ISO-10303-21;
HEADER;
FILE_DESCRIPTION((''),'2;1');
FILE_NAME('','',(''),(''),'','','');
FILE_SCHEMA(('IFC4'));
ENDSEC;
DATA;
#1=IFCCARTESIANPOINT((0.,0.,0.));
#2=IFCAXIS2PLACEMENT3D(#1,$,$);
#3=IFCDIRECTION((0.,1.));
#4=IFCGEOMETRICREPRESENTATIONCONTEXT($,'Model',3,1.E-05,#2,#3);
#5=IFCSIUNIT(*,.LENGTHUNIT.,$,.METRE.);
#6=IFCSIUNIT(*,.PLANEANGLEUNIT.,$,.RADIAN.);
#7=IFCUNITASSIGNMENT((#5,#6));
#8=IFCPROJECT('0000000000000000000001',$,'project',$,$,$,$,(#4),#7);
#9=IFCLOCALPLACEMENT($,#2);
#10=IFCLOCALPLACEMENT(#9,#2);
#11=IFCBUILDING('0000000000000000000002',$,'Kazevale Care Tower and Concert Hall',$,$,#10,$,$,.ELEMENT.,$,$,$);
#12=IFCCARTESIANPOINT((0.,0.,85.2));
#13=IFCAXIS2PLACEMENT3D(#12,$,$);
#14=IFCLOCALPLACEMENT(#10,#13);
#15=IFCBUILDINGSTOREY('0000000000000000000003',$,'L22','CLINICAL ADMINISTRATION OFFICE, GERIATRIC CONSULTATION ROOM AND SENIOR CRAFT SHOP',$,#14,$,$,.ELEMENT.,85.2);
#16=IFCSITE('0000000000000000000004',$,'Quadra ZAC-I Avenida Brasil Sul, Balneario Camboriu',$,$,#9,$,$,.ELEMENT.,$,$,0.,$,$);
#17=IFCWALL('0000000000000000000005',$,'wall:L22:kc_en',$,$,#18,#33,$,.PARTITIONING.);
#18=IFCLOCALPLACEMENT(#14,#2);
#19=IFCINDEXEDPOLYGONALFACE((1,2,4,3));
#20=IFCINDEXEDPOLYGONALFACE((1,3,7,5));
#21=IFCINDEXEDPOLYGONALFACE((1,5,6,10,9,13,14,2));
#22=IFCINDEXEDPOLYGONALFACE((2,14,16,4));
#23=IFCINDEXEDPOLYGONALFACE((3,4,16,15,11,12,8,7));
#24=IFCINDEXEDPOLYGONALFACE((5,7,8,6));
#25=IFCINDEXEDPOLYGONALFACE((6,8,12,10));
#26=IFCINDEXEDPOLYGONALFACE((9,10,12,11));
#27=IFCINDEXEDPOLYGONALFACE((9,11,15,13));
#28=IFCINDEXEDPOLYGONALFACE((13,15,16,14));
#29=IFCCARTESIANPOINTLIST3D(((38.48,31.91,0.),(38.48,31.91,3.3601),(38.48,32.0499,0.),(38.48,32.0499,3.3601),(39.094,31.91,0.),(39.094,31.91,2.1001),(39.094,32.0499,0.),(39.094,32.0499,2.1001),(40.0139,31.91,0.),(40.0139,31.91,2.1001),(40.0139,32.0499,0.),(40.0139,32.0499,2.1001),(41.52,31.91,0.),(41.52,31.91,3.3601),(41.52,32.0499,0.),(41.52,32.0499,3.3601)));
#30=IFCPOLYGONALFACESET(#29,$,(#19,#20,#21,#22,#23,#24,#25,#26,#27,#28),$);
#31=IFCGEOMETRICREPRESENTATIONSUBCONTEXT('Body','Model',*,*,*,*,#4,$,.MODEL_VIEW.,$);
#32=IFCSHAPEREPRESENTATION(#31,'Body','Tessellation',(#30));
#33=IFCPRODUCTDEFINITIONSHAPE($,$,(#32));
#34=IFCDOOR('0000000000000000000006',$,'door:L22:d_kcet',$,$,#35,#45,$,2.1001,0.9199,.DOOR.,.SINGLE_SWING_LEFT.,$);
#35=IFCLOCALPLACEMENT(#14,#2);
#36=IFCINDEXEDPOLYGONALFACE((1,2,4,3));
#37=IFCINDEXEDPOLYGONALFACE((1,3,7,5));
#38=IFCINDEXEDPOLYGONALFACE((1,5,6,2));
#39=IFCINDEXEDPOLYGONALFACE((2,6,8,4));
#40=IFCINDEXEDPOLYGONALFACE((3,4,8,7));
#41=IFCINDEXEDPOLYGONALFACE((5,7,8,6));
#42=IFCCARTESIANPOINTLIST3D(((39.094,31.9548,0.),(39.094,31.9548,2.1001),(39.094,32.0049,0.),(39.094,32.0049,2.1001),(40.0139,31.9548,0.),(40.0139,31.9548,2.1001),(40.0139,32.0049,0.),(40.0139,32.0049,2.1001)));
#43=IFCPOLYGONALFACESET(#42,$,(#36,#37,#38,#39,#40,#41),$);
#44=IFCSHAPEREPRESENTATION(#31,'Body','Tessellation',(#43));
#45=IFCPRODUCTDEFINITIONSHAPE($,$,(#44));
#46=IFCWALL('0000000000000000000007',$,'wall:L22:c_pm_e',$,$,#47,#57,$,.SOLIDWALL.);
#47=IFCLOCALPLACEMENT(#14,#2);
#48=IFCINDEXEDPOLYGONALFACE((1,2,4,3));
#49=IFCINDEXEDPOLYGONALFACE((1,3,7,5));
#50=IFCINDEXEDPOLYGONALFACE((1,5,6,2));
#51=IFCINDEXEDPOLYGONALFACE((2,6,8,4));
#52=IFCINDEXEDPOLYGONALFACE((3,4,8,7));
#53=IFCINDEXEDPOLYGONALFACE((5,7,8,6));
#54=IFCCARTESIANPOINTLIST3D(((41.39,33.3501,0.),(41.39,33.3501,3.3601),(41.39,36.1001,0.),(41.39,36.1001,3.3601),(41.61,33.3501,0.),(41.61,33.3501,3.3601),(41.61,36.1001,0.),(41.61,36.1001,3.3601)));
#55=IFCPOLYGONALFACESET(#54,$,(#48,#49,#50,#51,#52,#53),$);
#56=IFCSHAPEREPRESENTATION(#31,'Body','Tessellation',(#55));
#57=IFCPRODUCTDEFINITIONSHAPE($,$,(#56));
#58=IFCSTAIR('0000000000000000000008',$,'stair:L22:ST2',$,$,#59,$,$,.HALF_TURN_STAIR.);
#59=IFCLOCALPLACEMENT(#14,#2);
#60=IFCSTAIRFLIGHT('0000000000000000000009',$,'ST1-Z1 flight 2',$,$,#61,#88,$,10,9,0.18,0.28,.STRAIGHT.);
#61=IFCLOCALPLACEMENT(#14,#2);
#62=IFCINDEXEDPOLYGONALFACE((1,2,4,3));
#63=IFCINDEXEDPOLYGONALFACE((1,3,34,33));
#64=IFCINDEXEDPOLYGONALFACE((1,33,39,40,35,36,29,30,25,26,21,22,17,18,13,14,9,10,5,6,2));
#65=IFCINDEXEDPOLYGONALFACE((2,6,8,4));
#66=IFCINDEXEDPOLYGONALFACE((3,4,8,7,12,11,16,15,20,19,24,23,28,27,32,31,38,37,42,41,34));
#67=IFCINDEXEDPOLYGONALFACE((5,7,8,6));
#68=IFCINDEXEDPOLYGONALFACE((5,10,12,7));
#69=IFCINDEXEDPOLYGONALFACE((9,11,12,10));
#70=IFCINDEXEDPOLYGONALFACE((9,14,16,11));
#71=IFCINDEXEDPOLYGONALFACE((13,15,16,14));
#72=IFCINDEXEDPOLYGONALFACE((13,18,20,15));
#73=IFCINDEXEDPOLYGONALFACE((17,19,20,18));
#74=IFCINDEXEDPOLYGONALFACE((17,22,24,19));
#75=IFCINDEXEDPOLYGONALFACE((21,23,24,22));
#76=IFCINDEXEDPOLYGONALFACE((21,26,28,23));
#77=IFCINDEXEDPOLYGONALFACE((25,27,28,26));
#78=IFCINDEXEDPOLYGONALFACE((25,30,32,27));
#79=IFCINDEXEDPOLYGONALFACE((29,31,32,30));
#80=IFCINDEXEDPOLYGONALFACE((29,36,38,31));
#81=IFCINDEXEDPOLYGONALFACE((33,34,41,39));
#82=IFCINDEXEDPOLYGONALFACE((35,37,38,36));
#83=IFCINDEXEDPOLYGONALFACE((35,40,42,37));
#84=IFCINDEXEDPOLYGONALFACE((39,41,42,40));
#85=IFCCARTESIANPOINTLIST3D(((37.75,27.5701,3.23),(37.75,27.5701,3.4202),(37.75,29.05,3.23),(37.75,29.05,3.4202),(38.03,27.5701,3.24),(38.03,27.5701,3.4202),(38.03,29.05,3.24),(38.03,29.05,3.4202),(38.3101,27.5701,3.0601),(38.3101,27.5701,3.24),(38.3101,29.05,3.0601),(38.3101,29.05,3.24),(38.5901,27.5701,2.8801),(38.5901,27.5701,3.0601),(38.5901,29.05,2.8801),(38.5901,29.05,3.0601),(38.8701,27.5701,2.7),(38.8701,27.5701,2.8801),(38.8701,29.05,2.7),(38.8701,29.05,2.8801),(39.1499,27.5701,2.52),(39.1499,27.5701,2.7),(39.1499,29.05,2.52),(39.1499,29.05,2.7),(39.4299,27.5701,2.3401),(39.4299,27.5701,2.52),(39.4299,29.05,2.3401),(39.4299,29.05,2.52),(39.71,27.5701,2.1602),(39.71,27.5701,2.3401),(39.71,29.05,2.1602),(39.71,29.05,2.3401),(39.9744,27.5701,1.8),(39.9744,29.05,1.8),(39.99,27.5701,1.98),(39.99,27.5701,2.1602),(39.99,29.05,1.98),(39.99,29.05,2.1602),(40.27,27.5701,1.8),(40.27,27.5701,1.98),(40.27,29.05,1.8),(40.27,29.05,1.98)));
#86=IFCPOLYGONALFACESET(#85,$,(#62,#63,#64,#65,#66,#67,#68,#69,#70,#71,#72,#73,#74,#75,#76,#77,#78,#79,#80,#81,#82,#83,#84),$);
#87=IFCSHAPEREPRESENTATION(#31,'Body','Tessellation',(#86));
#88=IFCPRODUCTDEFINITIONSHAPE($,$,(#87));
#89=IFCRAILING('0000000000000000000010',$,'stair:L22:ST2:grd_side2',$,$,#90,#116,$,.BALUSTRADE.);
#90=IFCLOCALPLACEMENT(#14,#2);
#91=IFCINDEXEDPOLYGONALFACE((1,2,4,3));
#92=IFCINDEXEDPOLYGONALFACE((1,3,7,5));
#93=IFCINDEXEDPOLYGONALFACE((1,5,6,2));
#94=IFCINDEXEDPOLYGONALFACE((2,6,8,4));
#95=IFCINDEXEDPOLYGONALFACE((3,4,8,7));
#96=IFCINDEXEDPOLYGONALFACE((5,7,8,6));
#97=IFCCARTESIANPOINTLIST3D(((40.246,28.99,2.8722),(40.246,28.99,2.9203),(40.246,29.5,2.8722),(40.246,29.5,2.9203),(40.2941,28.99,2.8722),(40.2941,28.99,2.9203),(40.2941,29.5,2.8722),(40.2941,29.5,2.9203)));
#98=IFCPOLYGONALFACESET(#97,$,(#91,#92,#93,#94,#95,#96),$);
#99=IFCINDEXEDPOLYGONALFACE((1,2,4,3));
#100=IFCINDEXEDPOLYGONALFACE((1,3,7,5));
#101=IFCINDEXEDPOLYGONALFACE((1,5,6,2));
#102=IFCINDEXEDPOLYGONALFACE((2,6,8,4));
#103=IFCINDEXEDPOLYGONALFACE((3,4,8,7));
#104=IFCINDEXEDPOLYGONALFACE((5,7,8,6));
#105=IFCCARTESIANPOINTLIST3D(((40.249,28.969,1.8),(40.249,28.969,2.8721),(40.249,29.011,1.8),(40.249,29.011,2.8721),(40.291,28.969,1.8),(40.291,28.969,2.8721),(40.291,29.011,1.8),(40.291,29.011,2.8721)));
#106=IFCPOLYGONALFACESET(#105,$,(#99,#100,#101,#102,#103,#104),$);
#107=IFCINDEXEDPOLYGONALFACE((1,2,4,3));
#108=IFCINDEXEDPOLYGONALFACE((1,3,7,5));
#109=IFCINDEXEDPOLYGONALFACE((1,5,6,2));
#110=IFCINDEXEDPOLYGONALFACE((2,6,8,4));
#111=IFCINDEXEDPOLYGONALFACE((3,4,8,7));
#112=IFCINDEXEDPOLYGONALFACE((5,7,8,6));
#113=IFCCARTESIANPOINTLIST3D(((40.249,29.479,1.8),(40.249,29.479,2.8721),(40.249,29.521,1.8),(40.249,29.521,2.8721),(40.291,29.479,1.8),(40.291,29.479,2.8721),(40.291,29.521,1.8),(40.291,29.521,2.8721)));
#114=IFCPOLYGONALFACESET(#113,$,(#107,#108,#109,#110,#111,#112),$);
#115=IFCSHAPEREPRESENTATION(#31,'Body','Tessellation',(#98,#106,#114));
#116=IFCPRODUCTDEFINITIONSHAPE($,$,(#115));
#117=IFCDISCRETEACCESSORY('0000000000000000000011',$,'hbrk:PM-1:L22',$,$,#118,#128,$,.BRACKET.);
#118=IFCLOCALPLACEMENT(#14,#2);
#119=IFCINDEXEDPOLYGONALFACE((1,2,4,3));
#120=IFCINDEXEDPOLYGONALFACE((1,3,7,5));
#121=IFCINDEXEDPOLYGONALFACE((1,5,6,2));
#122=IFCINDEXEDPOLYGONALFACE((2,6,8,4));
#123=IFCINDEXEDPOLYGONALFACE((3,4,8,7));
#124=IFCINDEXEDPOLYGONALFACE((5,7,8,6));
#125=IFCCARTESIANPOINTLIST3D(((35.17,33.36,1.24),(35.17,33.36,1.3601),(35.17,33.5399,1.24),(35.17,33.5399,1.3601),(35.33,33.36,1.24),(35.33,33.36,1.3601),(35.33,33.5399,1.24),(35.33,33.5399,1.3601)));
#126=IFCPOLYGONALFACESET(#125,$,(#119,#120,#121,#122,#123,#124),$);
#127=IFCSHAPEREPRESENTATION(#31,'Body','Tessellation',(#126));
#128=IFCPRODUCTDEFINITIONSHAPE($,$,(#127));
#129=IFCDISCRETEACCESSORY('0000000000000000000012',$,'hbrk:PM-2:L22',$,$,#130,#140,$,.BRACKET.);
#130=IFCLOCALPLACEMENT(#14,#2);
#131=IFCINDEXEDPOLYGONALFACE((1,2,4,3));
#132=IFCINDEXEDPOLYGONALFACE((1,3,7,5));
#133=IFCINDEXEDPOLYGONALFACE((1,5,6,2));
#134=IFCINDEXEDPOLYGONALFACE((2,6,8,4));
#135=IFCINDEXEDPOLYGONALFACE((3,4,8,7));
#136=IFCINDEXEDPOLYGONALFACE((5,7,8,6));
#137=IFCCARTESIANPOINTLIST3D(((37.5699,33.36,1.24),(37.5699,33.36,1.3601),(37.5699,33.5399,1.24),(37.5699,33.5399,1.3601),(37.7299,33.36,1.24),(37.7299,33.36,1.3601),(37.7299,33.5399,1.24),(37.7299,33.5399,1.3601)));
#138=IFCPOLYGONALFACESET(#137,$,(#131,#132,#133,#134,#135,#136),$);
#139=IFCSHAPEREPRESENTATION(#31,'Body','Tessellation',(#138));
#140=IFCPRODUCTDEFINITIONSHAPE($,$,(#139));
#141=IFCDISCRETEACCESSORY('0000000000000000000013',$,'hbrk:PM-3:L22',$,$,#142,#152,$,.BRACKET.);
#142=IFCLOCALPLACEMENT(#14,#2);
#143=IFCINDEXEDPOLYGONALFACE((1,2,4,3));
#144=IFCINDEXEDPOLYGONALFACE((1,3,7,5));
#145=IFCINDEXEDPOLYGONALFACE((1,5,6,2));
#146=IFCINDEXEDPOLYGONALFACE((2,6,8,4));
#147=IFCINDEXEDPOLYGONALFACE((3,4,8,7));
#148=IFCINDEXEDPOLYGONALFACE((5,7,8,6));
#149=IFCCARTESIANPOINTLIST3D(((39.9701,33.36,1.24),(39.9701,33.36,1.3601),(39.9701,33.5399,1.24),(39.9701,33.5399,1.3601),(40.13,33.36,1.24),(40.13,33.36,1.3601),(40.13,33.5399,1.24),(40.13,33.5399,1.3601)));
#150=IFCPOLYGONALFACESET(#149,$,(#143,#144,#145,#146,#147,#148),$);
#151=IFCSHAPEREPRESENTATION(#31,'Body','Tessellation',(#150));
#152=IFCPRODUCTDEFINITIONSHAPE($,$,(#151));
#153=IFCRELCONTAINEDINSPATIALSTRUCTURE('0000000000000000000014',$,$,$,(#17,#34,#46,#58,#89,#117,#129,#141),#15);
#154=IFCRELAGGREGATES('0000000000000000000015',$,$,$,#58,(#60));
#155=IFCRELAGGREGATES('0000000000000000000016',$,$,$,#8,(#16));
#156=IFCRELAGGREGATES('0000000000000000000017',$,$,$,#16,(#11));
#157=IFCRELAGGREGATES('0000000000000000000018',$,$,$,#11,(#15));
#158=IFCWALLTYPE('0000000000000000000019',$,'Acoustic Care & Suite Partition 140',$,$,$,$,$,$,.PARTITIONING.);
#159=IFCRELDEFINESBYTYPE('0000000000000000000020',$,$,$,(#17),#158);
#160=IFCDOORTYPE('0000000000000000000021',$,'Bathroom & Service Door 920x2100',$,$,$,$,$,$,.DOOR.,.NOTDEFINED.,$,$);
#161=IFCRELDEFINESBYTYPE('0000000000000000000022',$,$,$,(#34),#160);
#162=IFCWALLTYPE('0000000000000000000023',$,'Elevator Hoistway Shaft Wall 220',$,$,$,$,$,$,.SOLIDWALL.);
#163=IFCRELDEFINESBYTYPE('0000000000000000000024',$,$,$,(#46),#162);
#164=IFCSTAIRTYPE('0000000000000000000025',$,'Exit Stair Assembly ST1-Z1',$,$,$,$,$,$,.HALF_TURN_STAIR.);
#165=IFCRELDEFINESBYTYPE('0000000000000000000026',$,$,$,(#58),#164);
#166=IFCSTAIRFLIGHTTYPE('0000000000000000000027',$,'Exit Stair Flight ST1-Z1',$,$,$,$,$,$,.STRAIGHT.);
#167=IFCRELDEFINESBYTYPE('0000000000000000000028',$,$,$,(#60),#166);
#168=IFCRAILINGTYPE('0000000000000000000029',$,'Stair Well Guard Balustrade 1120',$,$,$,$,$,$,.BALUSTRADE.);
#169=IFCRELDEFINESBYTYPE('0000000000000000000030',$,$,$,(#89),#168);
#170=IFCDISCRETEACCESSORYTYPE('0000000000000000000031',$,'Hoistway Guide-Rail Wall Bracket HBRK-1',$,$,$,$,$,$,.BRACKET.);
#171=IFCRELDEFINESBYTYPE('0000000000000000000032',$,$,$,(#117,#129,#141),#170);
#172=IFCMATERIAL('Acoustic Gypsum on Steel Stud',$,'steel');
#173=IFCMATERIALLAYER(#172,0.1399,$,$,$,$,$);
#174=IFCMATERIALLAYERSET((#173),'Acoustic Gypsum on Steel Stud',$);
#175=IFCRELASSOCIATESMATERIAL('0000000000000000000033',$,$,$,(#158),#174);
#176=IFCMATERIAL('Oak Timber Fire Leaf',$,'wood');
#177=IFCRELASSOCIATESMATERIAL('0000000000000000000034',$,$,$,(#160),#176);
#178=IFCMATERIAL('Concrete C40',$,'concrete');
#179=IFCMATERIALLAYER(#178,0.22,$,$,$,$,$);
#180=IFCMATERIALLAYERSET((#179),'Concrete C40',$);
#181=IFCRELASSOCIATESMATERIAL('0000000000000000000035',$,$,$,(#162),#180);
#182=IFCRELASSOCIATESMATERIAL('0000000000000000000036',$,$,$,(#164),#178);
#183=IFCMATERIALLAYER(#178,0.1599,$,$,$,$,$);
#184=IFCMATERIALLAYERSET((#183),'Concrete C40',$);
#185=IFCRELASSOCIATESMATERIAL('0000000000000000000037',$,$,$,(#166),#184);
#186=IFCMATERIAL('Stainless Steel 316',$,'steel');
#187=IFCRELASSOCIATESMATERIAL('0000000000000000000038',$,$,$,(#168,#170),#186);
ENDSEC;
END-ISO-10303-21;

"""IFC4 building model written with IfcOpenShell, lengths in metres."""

from ifc_helpers import new_model, si_unit, direction, frame, frame_2d, origin, origin_2d, place, context, subcontext, project, spatial, polyline, rectangle, outline, extrude, material, layer, layer_set, type_object, element, fill, aggregate, save


model = new_model("IFC4")

# Units and contexts
model_context = context("Model", 3, precision=1e-05, world=origin(), true_north=direction((0.0, 1.0)))
body_context = subcontext(model_context, "Body", "Model", "MODEL_VIEW")
ifc_project = project(units=[si_unit("LENGTHUNIT", "METRE"), si_unit("PLANEANGLEUNIT", "RADIAN")], contexts=[model_context])

# Site, building, storey
site_placement = place(None, origin())
site = spatial("IfcSite", under=ifc_project, at=site_placement, Name="Quadra ZAC-I Avenida Brasil Sul, Balneario Camboriu", CompositionType="ELEMENT", RefElevation=0.0)
building_placement = place(site_placement, origin())
building = spatial("IfcBuilding", under=site, at=building_placement, Name="Kazevale Care Tower and Concert Hall", CompositionType="ELEMENT")
storey_placement = place(building_placement, frame((0.0, 0.0, 85.2)))
storey = spatial("IfcBuildingStorey", under=building, at=storey_placement, Name="L22", Description="CLINICAL ADMINISTRATION OFFICE, GERIATRIC CONSULTATION ROOM AND SENIOR CRAFT SHOP", CompositionType="ELEMENT", Elevation=85.2)

# Shared definitions
ifc_material_1 = material(Name="Acoustic Gypsum on Steel Stud", Category="steel")
ifc_layer_1 = layer(ifc_material_1, 0.1399)
ifc_layer_set_1 = layer_set([ifc_layer_1], Name="Acoustic Gypsum on Steel Stud")
wall_type_1 = type_object("IfcWallType", Name="Acoustic Care & Suite Partition 140", PredefinedType="PARTITIONING", material=ifc_layer_set_1)

# Wall, opening, door
ifc_material_2 = material(Name="Oak Timber Fire Leaf", Category="wood")
door_type = type_object("IfcDoorType", Name="Bathroom & Service Door 920x2100", OperationType="NOTDEFINED", PredefinedType="DOOR", material=ifc_material_2)
wall_1_placement = place(storey_placement, frame((38.48, 31.98, 0.0), z_axis=(0.0, 0.0, 1.0), x_axis=(1.0, 0.0, 0.0)))
wall_1 = element("IfcWall", 1, at=wall_1_placement, inside=storey, type_object=wall_type_1, Name="wall:L22:kc_en", PredefinedType="PARTITIONING", context=body_context, shape_type="SweptSolid", body=[
    extrude(rectangle(XDim=3.04, YDim=0.1399, at=frame_2d((1.52, 0.0))), origin(), (0.0, 0.0, 1.0), 3.3601),
])
opening_1_placement = place(wall_1_placement, frame((0.614, 0.0, 0.0)))
opening_1 = element("IfcOpeningElement", 2, at=opening_1_placement, cuts=wall_1, PredefinedType="OPENING", context=body_context, shape_type="SweptSolid", body=[
    extrude(rectangle(XDim=0.9199, YDim=2.1001, at=frame_2d((0.46, 1.05))), frame((0.0, 0.0798, 0.0), z_axis=(0.0, -1.0, 0.0), x_axis=(1.0, 0.0, 0.0)), (0.0, 0.0, 1.0), 0.1599),
])
door_1_placement = place(opening_1_placement, origin())
door_1 = element("IfcDoor", 3, at=door_1_placement, inside=storey, type_object=door_type, Name="door:L22:d_kcet", OperationType="SINGLE_SWING_LEFT", OverallHeight=2.1001, OverallWidth=0.9199, PredefinedType="DOOR", context=body_context, shape_type="SweptSolid", body=[
    extrude(rectangle(XDim=0.9199, YDim=2.1001, at=frame_2d((0.46, 1.05))), frame((0.0, 0.0249, 0.0), z_axis=(0.0, -1.0, 0.0), x_axis=(1.0, 0.0, 0.0)), (0.0, 0.0, 1.0), 0.05),
])
fill(opening_1, door_1)

# Wall
ifc_material_3 = material(Name="Concrete C40", Category="concrete")
ifc_layer_2 = layer(ifc_material_3, 0.22)
ifc_layer_set_2 = layer_set([ifc_layer_2], Name="Concrete C40")
wall_type_2 = type_object("IfcWallType", Name="Elevator Hoistway Shaft Wall 220", PredefinedType="SOLIDWALL", material=ifc_layer_set_2)
wall_2_placement = place(storey_placement, frame((41.5, 33.3501, 0.0), z_axis=(0.0, 0.0, 1.0), x_axis=(0.0, 1.0, 0.0)))
element("IfcWall", 4, at=wall_2_placement, inside=storey, type_object=wall_type_2, Name="wall:L22:c_pm_e", PredefinedType="SOLIDWALL", context=body_context, shape_type="SweptSolid", body=[
    extrude(rectangle(XDim=2.75, YDim=0.22, at=frame_2d((1.375, 0.0))), origin(), (0.0, 0.0, 1.0), 3.3601),
])

# Stair, stair flight
stair_type = type_object("IfcStairType", Name="Exit Stair Assembly ST1-Z1", PredefinedType="HALF_TURN_STAIR", material=ifc_material_3)
stair_placement = place(storey_placement, origin())
stair = element("IfcStair", 5, at=stair_placement, inside=storey, type_object=stair_type, Name="stair:L22:ST2", PredefinedType="HALF_TURN_STAIR")
ifc_layer_3 = layer(ifc_material_3, 0.1599)
ifc_layer_set_3 = layer_set([ifc_layer_3], Name="Concrete C40")
stair_flight_type = type_object("IfcStairFlightType", Name="Exit Stair Flight ST1-Z1", PredefinedType="STRAIGHT", material=ifc_layer_set_3)
stair_flight_placement = place(storey_placement, frame((40.27, 28.3101, 1.8), z_axis=(0.0, 0.0, 1.0), x_axis=(-1.0, 0.0, 0.0)))
stair_flight = element("IfcStairFlight", 6, at=stair_flight_placement, type_object=stair_flight_type, Name="ST1-Z1 flight 2", NumberOfRisers=10, NumberOfTreads=9, PredefinedType="STRAIGHT", RiserHeight=0.18, TreadLength=0.28, context=body_context, shape_type="SweptSolid", body=[
    extrude(outline(polyline([(0.0, 0.0), (0.0, 0.1799), (0.28, 0.1799), (0.28, 0.3601), (0.5601, 0.3601), (0.5601, 0.54), (0.8401, 0.54), (0.8401, 0.72), (1.1201, 0.72), (1.1201, 0.8999), (1.3999, 0.8999), (1.3999, 1.0801), (1.6799, 1.0801), (1.6799, 1.26), (1.96, 1.26), (1.96, 1.4399), (2.24, 1.4399), (2.24, 1.6201), (2.52, 1.6201), (2.52, 1.8), (2.52, 1.4299), (0.2957, 0.0), (0.0, 0.0)])), frame((0.0, 0.74, 0.0), z_axis=(0.0, -1.0, 0.0), x_axis=(1.0, 0.0, 0.0)), (0.0, 0.0, 1.0), 1.48),
])
aggregate(stair, [stair_flight])

# Railing
ifc_material_4 = material(Name="Stainless Steel 316", Category="steel")
railing_type = type_object("IfcRailingType", Name="Stair Well Guard Balustrade 1120", PredefinedType="BALUSTRADE", material=ifc_material_4)
railing_placement = place(storey_placement, frame((40.27, 28.99, 1.8)))
element("IfcRailing", 7, at=railing_placement, inside=storey, type_object=railing_type, Name="stair:L22:ST2:grd_side2", PredefinedType="BALUSTRADE", context=body_context, shape_type="SweptSolid", body=[
    extrude(rectangle(XDim=0.0481, YDim=0.0481, at=origin_2d()), frame((0.0, 0.0, 1.0962), z_axis=(0.0, 1.0, 0.0), x_axis=(-1.0, 0.0, 0.0)), (0.0, 0.0, 1.0), 0.51),
    extrude(rectangle(XDim=0.042, YDim=0.042, at=origin_2d()), origin(), (0.0, 0.0, 1.0), 1.072),
    extrude(rectangle(XDim=0.042, YDim=0.042, at=origin_2d()), frame((0.0, 0.51, 0.0)), (0.0, 0.0, 1.0), 1.072),
])

# Discrete accessories
discrete_accessory_type = type_object("IfcDiscreteAccessoryType", Name="Hoistway Guide-Rail Wall Bracket HBRK-1", PredefinedType="BRACKET", material=ifc_material_4)
for number, where, z_axis, x_axis, name in (
    (8, (35.25, 33.45, 1.24), (0.0, 0.0, 1.0), (1.0, 0.0, 0.0), "hbrk:PM-1:L22"),
    (9, (37.6499, 33.45, 1.24), (0.0, 0.0, 1.0), (1.0, 0.0, 0.0), "hbrk:PM-2:L22"),
    (10, (40.05, 33.45, 1.24), (0.0, 0.0, 1.0), (1.0, 0.0, 0.0), "hbrk:PM-3:L22"),
):
    element("IfcDiscreteAccessory", number, at=place(storey_placement, frame(where, z_axis=z_axis, x_axis=x_axis)), inside=storey, type_object=discrete_accessory_type, Name=name, PredefinedType="BRACKET", context=body_context, shape_type="SweptSolid", body=[
        extrude(rectangle(XDim=0.1599, YDim=0.1799, at=origin_2d()), origin(), (0.0, 0.0, 1.0), 0.1201),
    ])

save(model, "model.ifc")
